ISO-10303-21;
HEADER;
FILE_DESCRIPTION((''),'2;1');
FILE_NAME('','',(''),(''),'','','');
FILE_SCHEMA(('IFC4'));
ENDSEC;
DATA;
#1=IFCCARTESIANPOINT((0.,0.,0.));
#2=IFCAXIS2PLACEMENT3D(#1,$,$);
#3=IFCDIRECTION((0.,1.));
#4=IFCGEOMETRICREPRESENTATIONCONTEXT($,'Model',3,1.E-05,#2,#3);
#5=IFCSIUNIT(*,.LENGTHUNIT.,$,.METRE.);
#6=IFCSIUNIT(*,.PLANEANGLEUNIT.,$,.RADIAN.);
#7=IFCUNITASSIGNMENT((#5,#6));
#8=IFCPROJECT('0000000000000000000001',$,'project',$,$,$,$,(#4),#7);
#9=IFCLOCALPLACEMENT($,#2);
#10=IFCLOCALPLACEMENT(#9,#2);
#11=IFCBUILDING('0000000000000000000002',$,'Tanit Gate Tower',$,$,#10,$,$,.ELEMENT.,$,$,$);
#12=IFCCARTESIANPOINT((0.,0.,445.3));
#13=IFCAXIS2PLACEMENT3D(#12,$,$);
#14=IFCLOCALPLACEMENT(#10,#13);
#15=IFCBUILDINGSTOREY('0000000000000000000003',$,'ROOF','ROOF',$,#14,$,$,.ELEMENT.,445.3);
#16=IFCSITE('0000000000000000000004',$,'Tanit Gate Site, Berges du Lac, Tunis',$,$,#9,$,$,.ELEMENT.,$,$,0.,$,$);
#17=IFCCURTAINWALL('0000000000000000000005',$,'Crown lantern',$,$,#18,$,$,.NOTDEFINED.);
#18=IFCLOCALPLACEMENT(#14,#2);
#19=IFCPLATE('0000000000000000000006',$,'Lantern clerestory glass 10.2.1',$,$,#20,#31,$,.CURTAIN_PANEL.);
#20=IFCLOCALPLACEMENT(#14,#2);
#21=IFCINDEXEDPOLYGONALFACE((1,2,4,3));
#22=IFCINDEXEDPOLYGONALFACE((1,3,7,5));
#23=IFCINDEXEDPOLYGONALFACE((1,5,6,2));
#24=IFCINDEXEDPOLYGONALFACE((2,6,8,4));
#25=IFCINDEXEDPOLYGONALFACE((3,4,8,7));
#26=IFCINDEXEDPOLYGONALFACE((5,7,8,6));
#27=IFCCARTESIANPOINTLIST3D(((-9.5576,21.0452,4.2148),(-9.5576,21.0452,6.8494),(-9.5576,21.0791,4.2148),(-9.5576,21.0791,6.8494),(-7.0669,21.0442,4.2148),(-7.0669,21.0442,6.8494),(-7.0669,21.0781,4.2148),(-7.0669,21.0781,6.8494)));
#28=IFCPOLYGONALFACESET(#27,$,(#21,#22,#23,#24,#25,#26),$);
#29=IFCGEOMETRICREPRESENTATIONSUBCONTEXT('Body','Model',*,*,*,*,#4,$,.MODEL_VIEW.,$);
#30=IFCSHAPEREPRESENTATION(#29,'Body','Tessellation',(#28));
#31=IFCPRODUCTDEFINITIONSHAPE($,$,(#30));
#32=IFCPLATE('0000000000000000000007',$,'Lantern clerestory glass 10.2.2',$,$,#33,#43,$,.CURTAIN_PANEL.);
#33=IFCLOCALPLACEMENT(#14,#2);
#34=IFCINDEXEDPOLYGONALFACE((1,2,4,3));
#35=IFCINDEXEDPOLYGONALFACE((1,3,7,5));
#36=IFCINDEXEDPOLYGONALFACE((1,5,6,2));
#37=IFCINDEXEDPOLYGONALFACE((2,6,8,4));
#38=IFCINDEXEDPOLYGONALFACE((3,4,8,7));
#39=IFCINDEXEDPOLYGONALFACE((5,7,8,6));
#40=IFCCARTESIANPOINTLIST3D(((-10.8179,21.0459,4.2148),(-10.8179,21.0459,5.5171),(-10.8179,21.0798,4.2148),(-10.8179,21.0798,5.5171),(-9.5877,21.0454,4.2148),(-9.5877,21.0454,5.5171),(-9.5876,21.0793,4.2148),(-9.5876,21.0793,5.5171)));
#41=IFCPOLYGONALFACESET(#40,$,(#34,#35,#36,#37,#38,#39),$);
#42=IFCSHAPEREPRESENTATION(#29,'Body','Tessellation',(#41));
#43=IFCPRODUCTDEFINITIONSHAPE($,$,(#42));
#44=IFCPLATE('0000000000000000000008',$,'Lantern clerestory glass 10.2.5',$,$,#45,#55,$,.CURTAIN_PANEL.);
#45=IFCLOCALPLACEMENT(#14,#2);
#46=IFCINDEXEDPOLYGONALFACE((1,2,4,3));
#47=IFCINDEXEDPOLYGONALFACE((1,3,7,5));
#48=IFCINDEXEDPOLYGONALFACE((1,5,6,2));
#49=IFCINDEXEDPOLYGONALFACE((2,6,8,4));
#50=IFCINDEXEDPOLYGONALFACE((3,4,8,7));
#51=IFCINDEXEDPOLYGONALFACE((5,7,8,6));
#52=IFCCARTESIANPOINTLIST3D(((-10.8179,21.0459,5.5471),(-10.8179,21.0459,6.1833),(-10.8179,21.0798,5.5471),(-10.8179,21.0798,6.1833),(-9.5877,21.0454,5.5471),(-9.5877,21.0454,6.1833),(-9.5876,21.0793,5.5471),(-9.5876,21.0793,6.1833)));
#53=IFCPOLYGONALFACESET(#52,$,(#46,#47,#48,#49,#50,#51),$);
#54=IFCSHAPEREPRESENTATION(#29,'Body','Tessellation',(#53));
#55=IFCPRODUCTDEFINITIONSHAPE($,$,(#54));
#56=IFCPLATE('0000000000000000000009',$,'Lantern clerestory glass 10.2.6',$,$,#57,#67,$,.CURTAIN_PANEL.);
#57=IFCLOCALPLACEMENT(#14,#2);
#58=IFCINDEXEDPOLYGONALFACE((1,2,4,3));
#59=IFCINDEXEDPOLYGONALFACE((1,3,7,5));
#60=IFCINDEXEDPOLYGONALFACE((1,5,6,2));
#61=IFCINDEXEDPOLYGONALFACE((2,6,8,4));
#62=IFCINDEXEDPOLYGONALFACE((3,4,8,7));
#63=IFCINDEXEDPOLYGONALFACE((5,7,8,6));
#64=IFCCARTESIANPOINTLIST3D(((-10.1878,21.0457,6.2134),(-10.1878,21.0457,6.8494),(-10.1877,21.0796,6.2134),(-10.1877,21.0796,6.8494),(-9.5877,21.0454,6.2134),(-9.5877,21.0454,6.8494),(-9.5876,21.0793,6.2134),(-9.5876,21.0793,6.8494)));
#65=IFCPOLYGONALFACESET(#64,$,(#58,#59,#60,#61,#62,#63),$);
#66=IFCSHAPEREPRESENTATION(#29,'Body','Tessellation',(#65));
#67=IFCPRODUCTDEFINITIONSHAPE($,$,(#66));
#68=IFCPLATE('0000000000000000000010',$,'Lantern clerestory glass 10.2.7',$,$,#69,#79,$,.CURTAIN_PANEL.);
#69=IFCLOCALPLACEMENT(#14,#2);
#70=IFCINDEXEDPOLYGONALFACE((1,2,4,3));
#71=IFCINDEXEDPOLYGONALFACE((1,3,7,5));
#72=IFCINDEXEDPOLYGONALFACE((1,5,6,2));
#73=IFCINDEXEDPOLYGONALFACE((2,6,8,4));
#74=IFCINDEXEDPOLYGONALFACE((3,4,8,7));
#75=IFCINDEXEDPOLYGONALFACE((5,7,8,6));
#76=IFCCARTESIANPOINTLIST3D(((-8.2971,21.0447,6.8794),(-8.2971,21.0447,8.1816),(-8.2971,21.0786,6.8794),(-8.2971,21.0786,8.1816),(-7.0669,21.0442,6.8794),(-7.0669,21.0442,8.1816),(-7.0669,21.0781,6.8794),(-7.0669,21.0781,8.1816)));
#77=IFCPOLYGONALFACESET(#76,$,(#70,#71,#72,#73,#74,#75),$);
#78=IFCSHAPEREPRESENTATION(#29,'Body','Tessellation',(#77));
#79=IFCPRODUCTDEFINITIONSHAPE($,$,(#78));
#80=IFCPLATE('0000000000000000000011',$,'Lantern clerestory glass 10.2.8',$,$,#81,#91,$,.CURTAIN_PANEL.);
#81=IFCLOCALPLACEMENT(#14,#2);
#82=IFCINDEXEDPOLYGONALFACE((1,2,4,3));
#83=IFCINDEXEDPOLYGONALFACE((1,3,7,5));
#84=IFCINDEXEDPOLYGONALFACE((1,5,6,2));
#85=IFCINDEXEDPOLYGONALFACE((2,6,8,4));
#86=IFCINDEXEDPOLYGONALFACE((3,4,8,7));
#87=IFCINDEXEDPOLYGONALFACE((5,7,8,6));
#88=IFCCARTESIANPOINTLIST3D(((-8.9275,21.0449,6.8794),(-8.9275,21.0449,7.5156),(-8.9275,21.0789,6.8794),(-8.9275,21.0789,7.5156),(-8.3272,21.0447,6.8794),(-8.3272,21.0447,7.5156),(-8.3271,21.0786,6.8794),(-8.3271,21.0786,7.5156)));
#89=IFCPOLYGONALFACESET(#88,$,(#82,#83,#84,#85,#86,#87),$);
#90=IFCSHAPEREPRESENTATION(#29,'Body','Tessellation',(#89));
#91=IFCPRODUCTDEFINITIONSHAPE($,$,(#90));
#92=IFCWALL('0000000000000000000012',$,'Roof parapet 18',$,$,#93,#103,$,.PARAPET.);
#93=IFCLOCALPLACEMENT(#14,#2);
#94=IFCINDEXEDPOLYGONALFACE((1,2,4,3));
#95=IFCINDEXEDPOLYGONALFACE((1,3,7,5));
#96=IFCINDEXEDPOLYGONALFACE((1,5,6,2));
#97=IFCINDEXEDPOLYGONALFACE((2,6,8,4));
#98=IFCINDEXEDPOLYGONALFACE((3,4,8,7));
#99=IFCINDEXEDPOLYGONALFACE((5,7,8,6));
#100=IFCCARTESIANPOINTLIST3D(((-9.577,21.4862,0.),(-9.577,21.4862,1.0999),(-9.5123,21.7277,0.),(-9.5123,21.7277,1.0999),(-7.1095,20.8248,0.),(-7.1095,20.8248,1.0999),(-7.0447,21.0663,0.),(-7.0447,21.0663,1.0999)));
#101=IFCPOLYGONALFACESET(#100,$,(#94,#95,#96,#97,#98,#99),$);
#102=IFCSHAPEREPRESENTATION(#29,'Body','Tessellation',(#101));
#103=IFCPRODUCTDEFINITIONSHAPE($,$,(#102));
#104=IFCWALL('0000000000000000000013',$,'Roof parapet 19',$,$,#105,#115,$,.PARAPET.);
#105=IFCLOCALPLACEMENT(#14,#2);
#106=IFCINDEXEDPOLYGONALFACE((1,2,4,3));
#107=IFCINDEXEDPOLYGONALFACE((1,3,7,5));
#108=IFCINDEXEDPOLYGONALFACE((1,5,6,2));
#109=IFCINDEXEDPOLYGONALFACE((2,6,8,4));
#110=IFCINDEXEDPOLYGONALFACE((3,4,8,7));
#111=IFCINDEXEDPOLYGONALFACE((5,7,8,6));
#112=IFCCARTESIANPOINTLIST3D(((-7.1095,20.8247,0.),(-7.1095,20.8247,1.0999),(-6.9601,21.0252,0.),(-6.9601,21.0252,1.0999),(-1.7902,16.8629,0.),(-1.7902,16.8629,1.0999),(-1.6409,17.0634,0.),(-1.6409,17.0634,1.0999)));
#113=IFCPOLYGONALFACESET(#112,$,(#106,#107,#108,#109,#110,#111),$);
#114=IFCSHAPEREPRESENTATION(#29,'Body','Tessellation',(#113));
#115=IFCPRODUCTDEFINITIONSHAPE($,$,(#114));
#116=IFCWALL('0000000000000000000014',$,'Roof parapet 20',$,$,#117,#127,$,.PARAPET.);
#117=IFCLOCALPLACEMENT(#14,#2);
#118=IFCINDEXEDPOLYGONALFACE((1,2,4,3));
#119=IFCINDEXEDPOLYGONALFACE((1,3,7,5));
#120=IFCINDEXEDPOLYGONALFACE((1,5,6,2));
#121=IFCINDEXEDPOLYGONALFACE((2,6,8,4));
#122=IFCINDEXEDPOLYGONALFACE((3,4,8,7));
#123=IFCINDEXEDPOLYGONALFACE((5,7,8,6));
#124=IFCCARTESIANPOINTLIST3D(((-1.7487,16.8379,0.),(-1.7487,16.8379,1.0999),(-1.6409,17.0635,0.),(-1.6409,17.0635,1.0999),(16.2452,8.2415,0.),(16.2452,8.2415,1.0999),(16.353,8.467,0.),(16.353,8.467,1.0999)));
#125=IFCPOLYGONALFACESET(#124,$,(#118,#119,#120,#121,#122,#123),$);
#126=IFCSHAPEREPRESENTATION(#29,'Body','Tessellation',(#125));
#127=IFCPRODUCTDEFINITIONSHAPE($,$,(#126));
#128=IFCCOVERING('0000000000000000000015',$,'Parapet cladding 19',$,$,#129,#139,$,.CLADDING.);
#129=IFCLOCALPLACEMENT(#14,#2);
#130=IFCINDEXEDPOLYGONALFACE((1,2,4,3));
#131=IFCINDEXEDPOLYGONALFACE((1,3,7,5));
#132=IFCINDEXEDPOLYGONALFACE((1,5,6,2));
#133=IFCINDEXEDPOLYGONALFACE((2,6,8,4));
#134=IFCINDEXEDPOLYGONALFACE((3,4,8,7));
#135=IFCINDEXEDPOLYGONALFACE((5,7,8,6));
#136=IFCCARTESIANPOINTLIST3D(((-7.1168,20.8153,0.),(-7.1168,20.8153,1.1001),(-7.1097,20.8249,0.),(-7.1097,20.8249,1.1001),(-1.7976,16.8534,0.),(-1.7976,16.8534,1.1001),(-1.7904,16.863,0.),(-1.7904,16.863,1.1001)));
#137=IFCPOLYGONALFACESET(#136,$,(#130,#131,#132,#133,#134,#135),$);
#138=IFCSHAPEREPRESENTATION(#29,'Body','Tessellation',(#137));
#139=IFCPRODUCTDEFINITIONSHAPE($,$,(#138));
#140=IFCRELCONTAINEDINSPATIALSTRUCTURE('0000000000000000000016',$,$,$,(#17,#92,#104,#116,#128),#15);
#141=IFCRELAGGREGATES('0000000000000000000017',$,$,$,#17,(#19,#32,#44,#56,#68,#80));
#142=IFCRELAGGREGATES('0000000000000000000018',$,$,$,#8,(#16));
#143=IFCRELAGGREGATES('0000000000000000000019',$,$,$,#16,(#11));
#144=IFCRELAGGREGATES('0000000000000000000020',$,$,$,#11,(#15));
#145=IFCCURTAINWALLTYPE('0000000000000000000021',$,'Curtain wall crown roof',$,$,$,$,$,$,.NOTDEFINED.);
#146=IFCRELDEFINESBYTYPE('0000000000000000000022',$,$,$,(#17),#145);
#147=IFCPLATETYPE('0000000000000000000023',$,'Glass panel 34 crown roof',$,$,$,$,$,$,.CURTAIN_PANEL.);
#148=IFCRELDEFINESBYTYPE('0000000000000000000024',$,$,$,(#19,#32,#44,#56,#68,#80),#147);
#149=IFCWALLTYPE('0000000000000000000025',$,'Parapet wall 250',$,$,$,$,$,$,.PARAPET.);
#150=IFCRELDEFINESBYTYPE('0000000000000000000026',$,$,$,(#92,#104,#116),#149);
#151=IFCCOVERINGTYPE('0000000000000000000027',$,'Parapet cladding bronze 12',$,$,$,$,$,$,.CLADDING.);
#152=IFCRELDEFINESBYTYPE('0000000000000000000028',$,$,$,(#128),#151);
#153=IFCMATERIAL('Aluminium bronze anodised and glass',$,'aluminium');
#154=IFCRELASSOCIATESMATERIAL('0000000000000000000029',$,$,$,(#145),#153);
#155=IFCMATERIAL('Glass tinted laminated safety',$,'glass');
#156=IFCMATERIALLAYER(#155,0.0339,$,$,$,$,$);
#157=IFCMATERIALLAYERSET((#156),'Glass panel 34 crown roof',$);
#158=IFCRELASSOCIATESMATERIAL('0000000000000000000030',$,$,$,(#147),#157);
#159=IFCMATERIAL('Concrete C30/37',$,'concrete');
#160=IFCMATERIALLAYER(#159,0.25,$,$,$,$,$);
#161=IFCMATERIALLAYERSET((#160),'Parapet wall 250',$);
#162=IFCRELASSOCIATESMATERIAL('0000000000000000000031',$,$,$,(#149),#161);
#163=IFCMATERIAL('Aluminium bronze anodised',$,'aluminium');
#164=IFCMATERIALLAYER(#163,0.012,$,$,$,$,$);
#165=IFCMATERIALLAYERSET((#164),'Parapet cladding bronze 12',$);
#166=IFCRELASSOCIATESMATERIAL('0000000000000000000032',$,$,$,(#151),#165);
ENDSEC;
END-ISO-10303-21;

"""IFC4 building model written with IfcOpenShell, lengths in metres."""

from ifc_helpers import new_model, si_unit, direction, frame, frame_2d, origin, origin_2d, place, context, subcontext, project, spatial, polyline, rectangle, outline, extrude, material, layer, layer_set, type_object, element, aggregate, save


model = new_model("IFC4")

# Units and contexts
model_context = context("Model", 3, precision=1e-05, world=origin(), true_north=direction((0.0, 1.0)))
body_context = subcontext(model_context, "Body", "Model", "MODEL_VIEW")
ifc_project = project(units=[si_unit("LENGTHUNIT", "METRE"), si_unit("PLANEANGLEUNIT", "RADIAN")], contexts=[model_context])

# Site, building, storey
site_placement = place(None, origin())
site = spatial("IfcSite", under=ifc_project, at=site_placement, Name="Tanit Gate Site, Berges du Lac, Tunis", CompositionType="ELEMENT", RefElevation=0.0)
building_placement = place(site_placement, origin())
building = spatial("IfcBuilding", under=site, at=building_placement, Name="Tanit Gate Tower", CompositionType="ELEMENT")
storey_placement = place(building_placement, frame((0.0, 0.0, 445.3)))
storey = spatial("IfcBuildingStorey", under=building, at=storey_placement, Name="ROOF", Description="ROOF", CompositionType="ELEMENT", Elevation=445.3)

# Curtain wall, plates
ifc_material_1 = material(Name="Aluminium bronze anodised and glass", Category="aluminium")
curtain_wall_type = type_object("IfcCurtainWallType", Name="Curtain wall crown roof", PredefinedType="NOTDEFINED", material=ifc_material_1)
curtain_wall_placement = place(storey_placement, origin())
curtain_wall = element("IfcCurtainWall", 1, at=curtain_wall_placement, inside=storey, type_object=curtain_wall_type, Name="Crown lantern", PredefinedType="NOTDEFINED")
ifc_material_2 = material(Name="Glass tinted laminated safety", Category="glass")
ifc_layer_1 = layer(ifc_material_2, 0.0339)
ifc_layer_set_1 = layer_set([ifc_layer_1], Name="Glass panel 34 crown roof")
plate_type = type_object("IfcPlateType", Name="Glass panel 34 crown roof", PredefinedType="CURTAIN_PANEL", material=ifc_layer_set_1)
plate_1_placement = place(storey_placement, frame((-7.0669, 21.0781, 4.2148), z_axis=(0.000392, 1.0, 0.0), x_axis=(-1.0, 0.000392, 0.0)))
plate_1 = element("IfcPlate", 2, at=plate_1_placement, type_object=plate_type, Name="Lantern clerestory glass 10.2.1", PredefinedType="CURTAIN_PANEL", context=body_context, shape_type="SweptSolid", body=[
    extrude(outline(polyline([(0.0, 0.0), (2.4907, 0.0), (2.4907, 2.6345), (0.0, 2.6345), (0.0, 0.0)])), origin(), (0.0, 0.0, -1.0), 0.0339),
])
plate_2_placement = place(storey_placement, frame((-9.5876, 21.0793, 4.2148), z_axis=(0.000397, 1.0, 0.0), x_axis=(-1.0, 0.000397, 0.0)))
plate_2 = element("IfcPlate", 3, at=plate_2_placement, type_object=plate_type, Name="Lantern clerestory glass 10.2.2", PredefinedType="CURTAIN_PANEL", context=body_context, shape_type="SweptSolid", body=[
    extrude(outline(polyline([(0.0, 0.0), (1.2302, 0.0), (1.2302, 1.3022), (0.0, 1.3022), (0.0, 0.0)])), origin(), (0.0, 0.0, -1.0), 0.0339),
])
plate_3_placement = place(storey_placement, frame((-9.5876, 21.0793, 5.5471), z_axis=(0.000397, 1.0, 0.0), x_axis=(-1.0, 0.000397, 0.0)))
plate_3 = element("IfcPlate", 4, at=plate_3_placement, type_object=plate_type, Name="Lantern clerestory glass 10.2.5", PredefinedType="CURTAIN_PANEL", context=body_context, shape_type="SweptSolid", body=[
    extrude(outline(polyline([(0.0, 0.0), (1.2302, 0.0), (1.2302, 0.6362), (0.0, 0.6362), (0.0, 0.0)])), origin(), (0.0, 0.0, -1.0), 0.0339),
])
plate_4_placement = place(storey_placement, frame((-9.5876, 21.0793, 6.2134), z_axis=(0.000407, 1.0, 0.0), x_axis=(-1.0, 0.000407, 0.0)))
plate_4 = element("IfcPlate", 5, at=plate_4_placement, type_object=plate_type, Name="Lantern clerestory glass 10.2.6", PredefinedType="CURTAIN_PANEL", context=body_context, shape_type="SweptSolid", body=[
    extrude(outline(polyline([(0.0, 0.0), (0.6001, 0.0), (0.6001, 0.636), (0.0, 0.636), (0.0, 0.0)])), origin(), (0.0, 0.0, -1.0), 0.0339),
])
plate_5_placement = place(storey_placement, frame((-7.0669, 21.0781, 6.8794), z_axis=(0.000397, 1.0, 0.0), x_axis=(-1.0, 0.000397, 0.0)))
plate_5 = element("IfcPlate", 6, at=plate_5_placement, type_object=plate_type, Name="Lantern clerestory glass 10.2.7", PredefinedType="CURTAIN_PANEL", context=body_context, shape_type="SweptSolid", body=[
    extrude(outline(polyline([(0.0, 0.0), (1.2302, 0.0), (1.2302, 1.3022), (0.0, 1.3022), (0.0, 0.0)])), origin(), (0.0, 0.0, -1.0), 0.0339),
])
plate_6_placement = place(storey_placement, frame((-8.3271, 21.0786, 6.8794), z_axis=(0.000407, 1.0, 0.0), x_axis=(-1.0, 0.000407, 0.0)))
plate_6 = element("IfcPlate", 7, at=plate_6_placement, type_object=plate_type, Name="Lantern clerestory glass 10.2.8", PredefinedType="CURTAIN_PANEL", context=body_context, shape_type="SweptSolid", body=[
    extrude(outline(polyline([(0.0, 0.0), (0.6003, 0.0), (0.6003, 0.6362), (0.0, 0.6362), (0.0, 0.0)])), origin(), (0.0, 0.0, -1.0), 0.0339),
])
aggregate(curtain_wall, [plate_1, plate_2, plate_3, plate_4, plate_5, plate_6])

# Walls
ifc_material_3 = material(Name="Concrete C30/37", Category="concrete")
ifc_layer_2 = layer(ifc_material_3, 0.25)
ifc_layer_set_2 = layer_set([ifc_layer_2], Name="Parapet wall 250")
wall_type = type_object("IfcWallType", Name="Parapet wall 250", PredefinedType="PARAPET", material=ifc_layer_set_2)
wall_1_placement = place(storey_placement, frame((-9.5447, 21.6069, 0.0), z_axis=(0.0, 0.0, 1.0), x_axis=(0.965906, -0.258894, 0.0)))
element("IfcWall", 8, at=wall_1_placement, inside=storey, type_object=wall_type, Name="Roof parapet 18", PredefinedType="PARAPET", context=body_context, shape_type="SweptSolid", body=[
    extrude(rectangle(XDim=2.5547, YDim=0.25, at=frame_2d((1.2773, 0.0))), origin(), (0.0, 0.0, 1.0), 1.0999),
])
wall_2_placement = place(storey_placement, frame((-7.0349, 20.925, 0.0), z_axis=(0.0, 0.0, 1.0), x_axis=(0.801992, -0.597335, 0.0)))
element("IfcWall", 9, at=wall_2_placement, inside=storey, type_object=wall_type, Name="Roof parapet 19", PredefinedType="PARAPET", context=body_context, shape_type="SweptSolid", body=[
    extrude(rectangle(XDim=6.6326, YDim=0.25, at=frame_2d((3.3164, 0.0))), origin(), (0.0, 0.0, 1.0), 1.0999),
])
wall_3_placement = place(storey_placement, frame((-1.6948, 16.9507, 0.0), z_axis=(0.0, 0.0, 1.0), x_axis=(0.902316, -0.431074, 0.0)))
element("IfcWall", 10, at=wall_3_placement, inside=storey, type_object=wall_type, Name="Roof parapet 20", PredefinedType="PARAPET", context=body_context, shape_type="SweptSolid", body=[
    extrude(rectangle(XDim=19.9419, YDim=0.25, at=frame_2d((9.9709, 0.0))), origin(), (0.0, 0.0, 1.0), 1.0999),
])

# Covering
ifc_material_4 = material(Name="Aluminium bronze anodised", Category="aluminium")
ifc_layer_3 = layer(ifc_material_4, 0.012)
ifc_layer_set_3 = layer_set([ifc_layer_3], Name="Parapet cladding bronze 12")
covering_type = type_object("IfcCoveringType", Name="Parapet cladding bronze 12", PredefinedType="CLADDING", material=ifc_layer_set_3)
covering_placement = place(storey_placement, frame((-4.4536, 18.8391, 0.0), z_axis=(0.0, 0.0, 1.0), x_axis=(0.801988, -0.597341, 0.0)))
element("IfcCovering", 11, at=covering_placement, inside=storey, type_object=covering_type, Name="Parapet cladding 19", PredefinedType="CLADDING", context=body_context, shape_type="SweptSolid", body=[
    extrude(rectangle(XDim=6.6326, YDim=0.012, at=origin_2d()), origin(), (0.0, 0.0, 1.0), 1.1001),
])

save(model, "model.ifc")
